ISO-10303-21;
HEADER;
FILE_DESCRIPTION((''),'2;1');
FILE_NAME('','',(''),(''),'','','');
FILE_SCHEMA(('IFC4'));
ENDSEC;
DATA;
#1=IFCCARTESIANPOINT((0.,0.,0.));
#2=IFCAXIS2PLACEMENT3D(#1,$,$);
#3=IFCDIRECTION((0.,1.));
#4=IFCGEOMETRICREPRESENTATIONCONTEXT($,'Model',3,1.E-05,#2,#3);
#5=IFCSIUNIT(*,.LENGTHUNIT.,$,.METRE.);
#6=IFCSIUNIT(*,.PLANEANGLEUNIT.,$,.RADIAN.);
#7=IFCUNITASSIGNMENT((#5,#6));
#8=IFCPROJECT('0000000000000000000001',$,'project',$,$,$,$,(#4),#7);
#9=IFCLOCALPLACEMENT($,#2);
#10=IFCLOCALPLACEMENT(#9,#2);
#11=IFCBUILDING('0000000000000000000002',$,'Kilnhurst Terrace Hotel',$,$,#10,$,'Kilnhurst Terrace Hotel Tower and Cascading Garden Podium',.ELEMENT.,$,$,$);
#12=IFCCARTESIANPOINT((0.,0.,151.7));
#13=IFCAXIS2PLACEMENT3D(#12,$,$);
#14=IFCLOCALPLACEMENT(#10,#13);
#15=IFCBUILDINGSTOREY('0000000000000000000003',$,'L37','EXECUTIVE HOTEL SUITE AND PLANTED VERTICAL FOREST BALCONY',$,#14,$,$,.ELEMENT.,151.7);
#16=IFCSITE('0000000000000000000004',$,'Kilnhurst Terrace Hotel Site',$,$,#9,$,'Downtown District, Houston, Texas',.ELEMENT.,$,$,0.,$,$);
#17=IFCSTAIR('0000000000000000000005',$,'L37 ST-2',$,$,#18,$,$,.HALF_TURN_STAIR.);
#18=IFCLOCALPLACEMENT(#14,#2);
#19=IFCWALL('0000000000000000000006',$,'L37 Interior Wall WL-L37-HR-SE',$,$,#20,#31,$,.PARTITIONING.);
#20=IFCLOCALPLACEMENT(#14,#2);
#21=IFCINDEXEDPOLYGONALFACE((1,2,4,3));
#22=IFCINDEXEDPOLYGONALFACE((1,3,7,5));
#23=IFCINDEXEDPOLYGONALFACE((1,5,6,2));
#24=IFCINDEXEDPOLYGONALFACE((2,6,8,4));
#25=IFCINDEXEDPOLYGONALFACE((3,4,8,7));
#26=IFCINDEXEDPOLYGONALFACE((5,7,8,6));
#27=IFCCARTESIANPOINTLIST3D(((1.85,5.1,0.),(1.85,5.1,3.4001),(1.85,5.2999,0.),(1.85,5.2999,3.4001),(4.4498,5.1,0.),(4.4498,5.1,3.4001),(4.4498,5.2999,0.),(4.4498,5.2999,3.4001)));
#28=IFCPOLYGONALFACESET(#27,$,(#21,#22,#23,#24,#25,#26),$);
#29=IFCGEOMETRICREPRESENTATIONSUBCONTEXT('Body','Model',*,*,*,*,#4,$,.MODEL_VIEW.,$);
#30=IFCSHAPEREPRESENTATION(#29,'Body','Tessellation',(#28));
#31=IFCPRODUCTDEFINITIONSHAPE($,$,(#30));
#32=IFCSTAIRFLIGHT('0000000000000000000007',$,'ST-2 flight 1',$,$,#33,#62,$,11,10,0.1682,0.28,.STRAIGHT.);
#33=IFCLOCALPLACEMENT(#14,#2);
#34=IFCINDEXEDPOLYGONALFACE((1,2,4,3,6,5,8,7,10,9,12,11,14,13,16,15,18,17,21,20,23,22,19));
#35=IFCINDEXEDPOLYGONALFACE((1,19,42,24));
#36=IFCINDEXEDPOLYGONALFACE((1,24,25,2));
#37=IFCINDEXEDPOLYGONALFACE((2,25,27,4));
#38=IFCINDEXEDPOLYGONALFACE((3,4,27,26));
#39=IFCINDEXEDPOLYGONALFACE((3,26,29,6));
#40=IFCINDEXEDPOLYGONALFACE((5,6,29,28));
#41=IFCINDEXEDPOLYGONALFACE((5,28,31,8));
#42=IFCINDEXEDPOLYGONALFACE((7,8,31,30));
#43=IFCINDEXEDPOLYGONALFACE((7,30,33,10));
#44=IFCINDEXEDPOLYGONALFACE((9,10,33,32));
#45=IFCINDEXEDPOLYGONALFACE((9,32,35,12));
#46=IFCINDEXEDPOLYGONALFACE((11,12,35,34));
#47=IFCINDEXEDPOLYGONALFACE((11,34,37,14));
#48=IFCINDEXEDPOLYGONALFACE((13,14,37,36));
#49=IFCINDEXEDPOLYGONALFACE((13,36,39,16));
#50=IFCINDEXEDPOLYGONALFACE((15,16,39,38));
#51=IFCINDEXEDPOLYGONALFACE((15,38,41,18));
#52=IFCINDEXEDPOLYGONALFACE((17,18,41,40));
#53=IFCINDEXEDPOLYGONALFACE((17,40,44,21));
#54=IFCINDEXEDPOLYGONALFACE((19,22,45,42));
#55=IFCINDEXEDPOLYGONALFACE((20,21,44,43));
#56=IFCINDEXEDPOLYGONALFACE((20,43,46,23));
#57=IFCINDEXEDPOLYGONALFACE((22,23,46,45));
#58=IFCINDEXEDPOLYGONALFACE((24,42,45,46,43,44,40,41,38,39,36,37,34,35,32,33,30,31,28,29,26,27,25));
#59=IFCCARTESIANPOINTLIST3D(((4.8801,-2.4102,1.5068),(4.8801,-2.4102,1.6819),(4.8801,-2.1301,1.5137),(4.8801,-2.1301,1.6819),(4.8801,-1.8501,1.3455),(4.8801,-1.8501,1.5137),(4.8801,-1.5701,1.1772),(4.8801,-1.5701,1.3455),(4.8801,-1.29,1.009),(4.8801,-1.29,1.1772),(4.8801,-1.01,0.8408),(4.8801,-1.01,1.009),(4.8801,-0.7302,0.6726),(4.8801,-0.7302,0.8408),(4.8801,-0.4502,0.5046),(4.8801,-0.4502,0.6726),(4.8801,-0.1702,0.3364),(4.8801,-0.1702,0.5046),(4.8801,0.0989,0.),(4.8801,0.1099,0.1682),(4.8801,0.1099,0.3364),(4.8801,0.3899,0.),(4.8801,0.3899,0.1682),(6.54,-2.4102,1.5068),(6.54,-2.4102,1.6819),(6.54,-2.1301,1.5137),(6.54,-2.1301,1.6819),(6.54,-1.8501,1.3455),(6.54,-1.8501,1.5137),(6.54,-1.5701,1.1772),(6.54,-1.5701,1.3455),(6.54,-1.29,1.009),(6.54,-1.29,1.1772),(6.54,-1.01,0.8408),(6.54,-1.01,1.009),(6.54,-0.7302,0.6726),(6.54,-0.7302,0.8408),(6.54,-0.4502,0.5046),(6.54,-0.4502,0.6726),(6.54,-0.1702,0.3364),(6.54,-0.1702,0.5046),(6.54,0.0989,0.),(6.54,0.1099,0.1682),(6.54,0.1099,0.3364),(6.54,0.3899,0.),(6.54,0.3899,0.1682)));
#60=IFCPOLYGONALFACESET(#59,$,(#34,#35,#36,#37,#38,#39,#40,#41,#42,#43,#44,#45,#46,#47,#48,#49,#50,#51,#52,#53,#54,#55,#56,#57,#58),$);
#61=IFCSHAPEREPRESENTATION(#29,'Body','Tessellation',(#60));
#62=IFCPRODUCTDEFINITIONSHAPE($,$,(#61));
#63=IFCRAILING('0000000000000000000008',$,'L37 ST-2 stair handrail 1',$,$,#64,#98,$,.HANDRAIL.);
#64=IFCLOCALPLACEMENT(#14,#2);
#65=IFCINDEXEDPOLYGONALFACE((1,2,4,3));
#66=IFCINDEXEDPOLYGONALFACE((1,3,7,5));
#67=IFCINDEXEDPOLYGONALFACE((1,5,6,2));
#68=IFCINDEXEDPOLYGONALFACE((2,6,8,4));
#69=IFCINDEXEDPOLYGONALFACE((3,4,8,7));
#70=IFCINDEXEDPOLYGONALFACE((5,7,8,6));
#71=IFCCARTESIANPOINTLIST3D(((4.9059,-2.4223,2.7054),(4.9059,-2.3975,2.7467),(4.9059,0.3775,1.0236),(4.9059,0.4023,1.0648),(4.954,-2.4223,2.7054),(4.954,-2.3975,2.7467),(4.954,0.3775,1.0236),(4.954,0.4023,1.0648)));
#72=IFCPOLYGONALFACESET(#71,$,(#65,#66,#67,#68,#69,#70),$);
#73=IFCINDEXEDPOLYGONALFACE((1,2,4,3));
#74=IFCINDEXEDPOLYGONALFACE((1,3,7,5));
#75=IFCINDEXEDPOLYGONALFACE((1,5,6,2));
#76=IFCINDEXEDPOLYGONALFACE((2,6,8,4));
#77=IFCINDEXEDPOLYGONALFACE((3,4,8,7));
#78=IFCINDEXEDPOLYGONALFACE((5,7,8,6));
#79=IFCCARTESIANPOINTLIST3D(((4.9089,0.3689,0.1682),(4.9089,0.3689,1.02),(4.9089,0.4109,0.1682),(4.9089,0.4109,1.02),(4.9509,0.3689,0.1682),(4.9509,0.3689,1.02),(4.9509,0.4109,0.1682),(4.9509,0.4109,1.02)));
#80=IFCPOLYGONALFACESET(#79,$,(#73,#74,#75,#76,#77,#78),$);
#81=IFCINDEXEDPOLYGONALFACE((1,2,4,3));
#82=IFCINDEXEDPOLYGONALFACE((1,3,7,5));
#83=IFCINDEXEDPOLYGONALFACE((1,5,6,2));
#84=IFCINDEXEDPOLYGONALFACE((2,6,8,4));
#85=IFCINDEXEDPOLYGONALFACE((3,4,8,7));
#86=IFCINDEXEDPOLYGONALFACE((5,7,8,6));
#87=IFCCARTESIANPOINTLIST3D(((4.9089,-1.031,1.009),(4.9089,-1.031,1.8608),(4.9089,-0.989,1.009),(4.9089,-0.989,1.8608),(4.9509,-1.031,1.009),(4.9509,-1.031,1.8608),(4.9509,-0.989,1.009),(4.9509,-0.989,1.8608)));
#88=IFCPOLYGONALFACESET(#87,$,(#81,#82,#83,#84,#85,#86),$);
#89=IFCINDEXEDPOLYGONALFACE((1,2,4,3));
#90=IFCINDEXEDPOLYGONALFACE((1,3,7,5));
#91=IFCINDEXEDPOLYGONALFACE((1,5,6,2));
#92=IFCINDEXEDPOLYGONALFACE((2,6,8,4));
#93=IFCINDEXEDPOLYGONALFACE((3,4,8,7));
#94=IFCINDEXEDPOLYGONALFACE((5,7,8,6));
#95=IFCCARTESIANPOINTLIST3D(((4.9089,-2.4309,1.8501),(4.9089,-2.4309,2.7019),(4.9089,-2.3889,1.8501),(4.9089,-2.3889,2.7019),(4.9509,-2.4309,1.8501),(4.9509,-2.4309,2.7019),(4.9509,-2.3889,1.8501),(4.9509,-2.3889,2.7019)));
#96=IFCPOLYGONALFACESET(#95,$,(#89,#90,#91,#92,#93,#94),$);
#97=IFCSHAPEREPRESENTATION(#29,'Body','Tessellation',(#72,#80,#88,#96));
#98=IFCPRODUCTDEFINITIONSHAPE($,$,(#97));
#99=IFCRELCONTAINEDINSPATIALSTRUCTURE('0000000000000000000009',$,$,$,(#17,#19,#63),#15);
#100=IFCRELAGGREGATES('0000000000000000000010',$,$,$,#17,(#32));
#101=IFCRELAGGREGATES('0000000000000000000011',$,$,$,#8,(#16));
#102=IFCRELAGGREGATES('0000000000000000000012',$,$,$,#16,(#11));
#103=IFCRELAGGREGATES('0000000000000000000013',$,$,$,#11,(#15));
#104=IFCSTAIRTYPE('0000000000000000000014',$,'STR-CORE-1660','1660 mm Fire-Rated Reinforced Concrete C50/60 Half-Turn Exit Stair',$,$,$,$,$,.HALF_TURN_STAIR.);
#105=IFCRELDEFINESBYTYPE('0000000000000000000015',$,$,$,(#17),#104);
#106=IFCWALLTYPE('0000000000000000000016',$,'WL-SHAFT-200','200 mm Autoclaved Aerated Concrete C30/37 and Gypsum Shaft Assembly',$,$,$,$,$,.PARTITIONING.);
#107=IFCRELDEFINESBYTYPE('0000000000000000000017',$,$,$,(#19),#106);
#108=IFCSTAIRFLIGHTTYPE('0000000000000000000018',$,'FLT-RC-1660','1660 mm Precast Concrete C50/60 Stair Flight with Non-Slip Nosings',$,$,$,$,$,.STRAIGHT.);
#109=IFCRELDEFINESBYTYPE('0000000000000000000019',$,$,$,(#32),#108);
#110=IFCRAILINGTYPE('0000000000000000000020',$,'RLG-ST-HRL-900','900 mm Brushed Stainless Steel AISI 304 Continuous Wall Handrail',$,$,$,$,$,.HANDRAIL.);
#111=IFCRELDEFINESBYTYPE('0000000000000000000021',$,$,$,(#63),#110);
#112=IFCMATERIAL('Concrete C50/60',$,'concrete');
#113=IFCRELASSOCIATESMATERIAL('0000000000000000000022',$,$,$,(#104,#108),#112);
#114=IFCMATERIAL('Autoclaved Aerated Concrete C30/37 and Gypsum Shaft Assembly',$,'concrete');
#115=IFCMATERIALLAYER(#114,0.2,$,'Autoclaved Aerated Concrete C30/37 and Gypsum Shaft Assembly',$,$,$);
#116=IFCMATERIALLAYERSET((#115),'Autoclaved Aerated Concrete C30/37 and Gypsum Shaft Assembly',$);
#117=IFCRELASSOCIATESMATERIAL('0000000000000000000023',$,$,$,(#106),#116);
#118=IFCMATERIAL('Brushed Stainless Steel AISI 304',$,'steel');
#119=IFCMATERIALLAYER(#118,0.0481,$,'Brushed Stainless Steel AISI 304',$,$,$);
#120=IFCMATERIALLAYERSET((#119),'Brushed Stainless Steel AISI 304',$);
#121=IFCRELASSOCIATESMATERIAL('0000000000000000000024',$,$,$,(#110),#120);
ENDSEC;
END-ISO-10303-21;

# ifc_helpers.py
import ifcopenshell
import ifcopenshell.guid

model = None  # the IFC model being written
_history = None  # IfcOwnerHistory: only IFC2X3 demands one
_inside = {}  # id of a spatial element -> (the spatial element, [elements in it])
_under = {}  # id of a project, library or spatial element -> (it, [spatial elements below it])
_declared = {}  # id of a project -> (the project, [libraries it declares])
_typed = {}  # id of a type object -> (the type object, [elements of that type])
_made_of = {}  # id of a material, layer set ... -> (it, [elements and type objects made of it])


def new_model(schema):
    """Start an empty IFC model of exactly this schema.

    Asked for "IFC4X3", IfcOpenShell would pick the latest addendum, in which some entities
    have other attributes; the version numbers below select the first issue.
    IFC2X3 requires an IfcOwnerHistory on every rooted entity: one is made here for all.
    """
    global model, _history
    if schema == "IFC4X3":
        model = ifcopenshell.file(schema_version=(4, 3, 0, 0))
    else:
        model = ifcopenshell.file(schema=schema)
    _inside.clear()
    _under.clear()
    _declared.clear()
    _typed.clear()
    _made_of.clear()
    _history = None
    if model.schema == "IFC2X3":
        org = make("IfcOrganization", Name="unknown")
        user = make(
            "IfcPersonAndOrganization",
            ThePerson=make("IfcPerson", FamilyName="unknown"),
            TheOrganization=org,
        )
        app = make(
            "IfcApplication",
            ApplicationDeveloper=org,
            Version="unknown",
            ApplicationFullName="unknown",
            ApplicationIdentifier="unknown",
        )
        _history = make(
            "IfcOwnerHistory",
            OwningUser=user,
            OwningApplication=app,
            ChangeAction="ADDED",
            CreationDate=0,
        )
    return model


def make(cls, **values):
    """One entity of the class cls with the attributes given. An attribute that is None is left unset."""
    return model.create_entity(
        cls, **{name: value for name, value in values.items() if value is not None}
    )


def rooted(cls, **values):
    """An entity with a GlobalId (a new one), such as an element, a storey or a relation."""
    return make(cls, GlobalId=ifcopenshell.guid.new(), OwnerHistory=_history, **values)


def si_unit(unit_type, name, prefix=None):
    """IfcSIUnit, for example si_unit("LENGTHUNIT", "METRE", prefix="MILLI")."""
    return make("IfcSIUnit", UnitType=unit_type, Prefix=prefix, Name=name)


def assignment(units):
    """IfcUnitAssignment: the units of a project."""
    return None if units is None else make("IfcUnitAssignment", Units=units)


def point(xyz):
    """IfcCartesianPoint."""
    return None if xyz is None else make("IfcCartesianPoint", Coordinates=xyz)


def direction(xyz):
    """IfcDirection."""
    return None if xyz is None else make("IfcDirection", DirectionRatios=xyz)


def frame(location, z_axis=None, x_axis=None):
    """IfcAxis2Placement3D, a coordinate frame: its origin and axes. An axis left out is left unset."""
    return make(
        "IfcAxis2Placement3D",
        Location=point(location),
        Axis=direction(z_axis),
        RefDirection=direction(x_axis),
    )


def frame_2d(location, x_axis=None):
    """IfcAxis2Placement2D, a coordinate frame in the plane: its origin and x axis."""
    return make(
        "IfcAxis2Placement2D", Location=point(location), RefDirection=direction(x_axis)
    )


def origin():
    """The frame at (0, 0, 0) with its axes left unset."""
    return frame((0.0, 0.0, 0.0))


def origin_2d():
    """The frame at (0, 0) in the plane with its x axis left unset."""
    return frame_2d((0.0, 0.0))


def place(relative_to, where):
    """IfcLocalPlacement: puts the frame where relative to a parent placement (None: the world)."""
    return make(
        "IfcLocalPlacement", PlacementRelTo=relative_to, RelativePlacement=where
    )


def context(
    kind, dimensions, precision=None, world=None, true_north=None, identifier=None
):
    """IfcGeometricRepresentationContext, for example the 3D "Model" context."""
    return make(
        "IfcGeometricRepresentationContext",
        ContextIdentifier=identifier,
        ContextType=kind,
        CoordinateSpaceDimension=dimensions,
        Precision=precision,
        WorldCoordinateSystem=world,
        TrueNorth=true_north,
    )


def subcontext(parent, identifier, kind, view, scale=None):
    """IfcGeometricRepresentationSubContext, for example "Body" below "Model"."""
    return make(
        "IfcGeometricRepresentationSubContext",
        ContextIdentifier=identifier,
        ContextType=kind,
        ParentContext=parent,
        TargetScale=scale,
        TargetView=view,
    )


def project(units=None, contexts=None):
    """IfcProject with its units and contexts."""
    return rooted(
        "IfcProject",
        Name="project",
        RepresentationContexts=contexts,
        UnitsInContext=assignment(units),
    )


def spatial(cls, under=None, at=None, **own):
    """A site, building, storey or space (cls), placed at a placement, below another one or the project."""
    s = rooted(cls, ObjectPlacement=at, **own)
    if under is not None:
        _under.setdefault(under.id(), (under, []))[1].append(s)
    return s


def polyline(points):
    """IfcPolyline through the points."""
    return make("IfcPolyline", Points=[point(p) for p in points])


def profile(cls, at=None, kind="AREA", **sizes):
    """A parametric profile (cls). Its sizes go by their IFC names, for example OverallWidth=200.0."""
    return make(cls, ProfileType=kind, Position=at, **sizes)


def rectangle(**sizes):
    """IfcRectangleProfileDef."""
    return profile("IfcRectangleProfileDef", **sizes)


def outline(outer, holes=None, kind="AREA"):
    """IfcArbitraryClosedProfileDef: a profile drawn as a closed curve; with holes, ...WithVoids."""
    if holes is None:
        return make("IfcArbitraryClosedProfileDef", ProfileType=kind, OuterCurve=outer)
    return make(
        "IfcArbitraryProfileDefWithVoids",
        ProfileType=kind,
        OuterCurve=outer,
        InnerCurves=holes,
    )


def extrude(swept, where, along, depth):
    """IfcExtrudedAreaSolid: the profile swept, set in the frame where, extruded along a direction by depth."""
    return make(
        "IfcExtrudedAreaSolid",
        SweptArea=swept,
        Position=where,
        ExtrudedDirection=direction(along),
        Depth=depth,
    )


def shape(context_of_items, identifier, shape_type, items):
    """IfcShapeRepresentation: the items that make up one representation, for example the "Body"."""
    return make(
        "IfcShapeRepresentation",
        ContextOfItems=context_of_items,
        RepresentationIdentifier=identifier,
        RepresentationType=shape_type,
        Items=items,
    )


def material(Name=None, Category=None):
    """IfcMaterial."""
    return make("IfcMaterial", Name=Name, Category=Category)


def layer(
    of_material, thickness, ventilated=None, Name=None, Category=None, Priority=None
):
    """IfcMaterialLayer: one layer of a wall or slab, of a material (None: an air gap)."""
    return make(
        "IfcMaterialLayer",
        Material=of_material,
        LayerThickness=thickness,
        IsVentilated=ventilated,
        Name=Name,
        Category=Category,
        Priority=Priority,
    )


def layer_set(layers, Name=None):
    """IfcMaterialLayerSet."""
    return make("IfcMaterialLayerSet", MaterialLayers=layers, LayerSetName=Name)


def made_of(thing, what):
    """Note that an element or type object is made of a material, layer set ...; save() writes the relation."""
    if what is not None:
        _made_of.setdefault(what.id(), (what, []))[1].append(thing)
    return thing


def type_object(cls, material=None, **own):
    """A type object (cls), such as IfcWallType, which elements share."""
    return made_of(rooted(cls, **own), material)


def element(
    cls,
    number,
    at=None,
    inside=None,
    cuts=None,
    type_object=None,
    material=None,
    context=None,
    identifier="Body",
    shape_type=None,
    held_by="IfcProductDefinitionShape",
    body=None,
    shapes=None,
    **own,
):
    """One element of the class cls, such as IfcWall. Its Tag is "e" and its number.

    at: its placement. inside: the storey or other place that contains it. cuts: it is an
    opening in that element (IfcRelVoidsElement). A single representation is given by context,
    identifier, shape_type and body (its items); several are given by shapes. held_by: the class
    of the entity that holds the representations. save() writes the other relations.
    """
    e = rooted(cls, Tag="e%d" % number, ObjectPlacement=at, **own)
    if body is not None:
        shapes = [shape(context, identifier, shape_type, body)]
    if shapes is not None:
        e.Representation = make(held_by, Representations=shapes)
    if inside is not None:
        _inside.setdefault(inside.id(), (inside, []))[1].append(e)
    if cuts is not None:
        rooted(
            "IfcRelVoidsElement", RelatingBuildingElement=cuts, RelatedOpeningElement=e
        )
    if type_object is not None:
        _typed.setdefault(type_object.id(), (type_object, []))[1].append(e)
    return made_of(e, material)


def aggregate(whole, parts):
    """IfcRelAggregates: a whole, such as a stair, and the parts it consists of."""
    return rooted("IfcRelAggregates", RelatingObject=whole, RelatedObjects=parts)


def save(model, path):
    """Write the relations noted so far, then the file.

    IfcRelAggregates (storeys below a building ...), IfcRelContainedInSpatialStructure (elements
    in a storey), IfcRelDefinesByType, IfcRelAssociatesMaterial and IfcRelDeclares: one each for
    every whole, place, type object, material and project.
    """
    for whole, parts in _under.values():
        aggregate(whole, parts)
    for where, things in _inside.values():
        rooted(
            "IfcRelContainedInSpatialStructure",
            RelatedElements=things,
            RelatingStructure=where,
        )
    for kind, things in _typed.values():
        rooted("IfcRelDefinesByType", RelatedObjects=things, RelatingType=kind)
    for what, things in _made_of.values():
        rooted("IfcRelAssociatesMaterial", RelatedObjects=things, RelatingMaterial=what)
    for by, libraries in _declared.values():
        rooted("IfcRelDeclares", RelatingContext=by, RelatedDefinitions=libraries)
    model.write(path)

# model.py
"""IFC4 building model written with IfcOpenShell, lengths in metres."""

from ifc_helpers import new_model, si_unit, direction, frame, frame_2d, origin, origin_2d, place, context, subcontext, project, spatial, polyline, rectangle, outline, extrude, material, layer, layer_set, type_object, element, aggregate, save


model = new_model("IFC4")

# Units and contexts
model_context = context("Model", 3, precision=1e-05, world=origin(), true_north=direction((0.0, 1.0)))
body_context = subcontext(model_context, "Body", "Model", "MODEL_VIEW")
ifc_project = project(units=[si_unit("LENGTHUNIT", "METRE"), si_unit("PLANEANGLEUNIT", "RADIAN")], contexts=[model_context])

# Site, building, storey
site_placement = place(None, origin())
site = spatial("IfcSite", under=ifc_project, at=site_placement, Name="Kilnhurst Terrace Hotel Site", LongName="Downtown District, Houston, Texas", CompositionType="ELEMENT", RefElevation=0.0)
building_placement = place(site_placement, origin())
building = spatial("IfcBuilding", under=site, at=building_placement, Name="Kilnhurst Terrace Hotel", LongName="Kilnhurst Terrace Hotel Tower and Cascading Garden Podium", CompositionType="ELEMENT")
storey_placement = place(building_placement, frame((0.0, 0.0, 151.7)))
storey = spatial("IfcBuildingStorey", under=building, at=storey_placement, Name="L37", Description="EXECUTIVE HOTEL SUITE AND PLANTED VERTICAL FOREST BALCONY", CompositionType="ELEMENT", Elevation=151.7)

# Stair
ifc_material_1 = material(Name="Concrete C50/60", Category="concrete")
stair_type = type_object("IfcStairType", Name="STR-CORE-1660", Description="1660 mm Fire-Rated Reinforced Concrete C50/60 Half-Turn Exit Stair", PredefinedType="HALF_TURN_STAIR", material=ifc_material_1)
stair_1_placement = place(storey_placement, origin())
stair_1 = element("IfcStair", 1, at=stair_1_placement, inside=storey, type_object=stair_type, Name="L37 ST-2", PredefinedType="HALF_TURN_STAIR")

# Shared definitions
ifc_material_2 = material(Name="Autoclaved Aerated Concrete C30/37 and Gypsum Shaft Assembly", Category="concrete")
ifc_layer_1 = layer(ifc_material_2, 0.2, Name="Autoclaved Aerated Concrete C30/37 and Gypsum Shaft Assembly")
ifc_layer_set_1 = layer_set([ifc_layer_1], Name="Autoclaved Aerated Concrete C30/37 and Gypsum Shaft Assembly")
wall_type_1 = type_object("IfcWallType", Name="WL-SHAFT-200", Description="200 mm Autoclaved Aerated Concrete C30/37 and Gypsum Shaft Assembly", PredefinedType="PARTITIONING", material=ifc_layer_set_1)

# Wall
wall_1_placement = place(storey_placement, frame((1.8501, 5.2, 0.0), z_axis=(0.0, 0.0, 1.0), x_axis=(1.0, 0.0, 0.0)))
element("IfcWall", 2, at=wall_1_placement, inside=storey, type_object=wall_type_1, Name="L37 Interior Wall WL-L37-HR-SE", PredefinedType="PARTITIONING", context=body_context, shape_type="SweptSolid", body=[
    extrude(rectangle(XDim=2.5999, YDim=0.2, at=frame_2d((1.2998, 0.0))), origin(), (0.0, 0.0, 1.0), 3.4001),
])

# Stair flight
stair_flight_type = type_object("IfcStairFlightType", Name="FLT-RC-1660", Description="1660 mm Precast Concrete C50/60 Stair Flight with Non-Slip Nosings", PredefinedType="STRAIGHT", material=ifc_material_1)
stair_flight_placement = place(storey_placement, frame((5.71, 0.3899, 0.0), z_axis=(0.0, 0.0, 1.0), x_axis=(0.0, -1.0, 0.0)))
stair_flight = element("IfcStairFlight", 3, at=stair_flight_placement, type_object=stair_flight_type, Name="ST-2 flight 1", NumberOfRisers=11, NumberOfTreads=10, PredefinedType="STRAIGHT", RiserHeight=0.1682, TreadLength=0.28, context=body_context, shape_type="SweptSolid", body=[
    extrude(outline(polyline([(0.0, 0.0), (0.0, 0.1682), (0.28, 0.1682), (0.28, 0.3364), (0.5601, 0.3364), (0.5601, 0.5046), (0.8401, 0.5046), (0.8401, 0.6726), (1.1201, 0.6726), (1.1201, 0.8408), (1.3999, 0.8408), (1.3999, 1.009), (1.6799, 1.009), (1.6799, 1.1772), (1.96, 1.1772), (1.96, 1.3455), (2.24, 1.3455), (2.24, 1.5137), (2.52, 1.5137), (2.52, 1.6819), (2.8, 1.6819), (2.8, 1.8501), (2.8, 1.5068), (0.291, 0.0), (0.0, 0.0)])), frame((0.0, 0.8301, 0.0), z_axis=(0.0, -1.0, 0.0), x_axis=(1.0, 0.0, 0.0)), (0.0, 0.0, 1.0), 1.6599),
])
aggregate(stair_1, [stair_flight])

# Railing
ifc_material_3 = material(Name="Brushed Stainless Steel AISI 304", Category="steel")
ifc_layer_2 = layer(ifc_material_3, 0.0481, Name="Brushed Stainless Steel AISI 304")
ifc_layer_set_2 = layer_set([ifc_layer_2], Name="Brushed Stainless Steel AISI 304")
railing_type = type_object("IfcRailingType", Name="RLG-ST-HRL-900", Description="900 mm Brushed Stainless Steel AISI 304 Continuous Wall Handrail", PredefinedType="HANDRAIL", material=ifc_layer_set_2)
railing_placement = place(storey_placement, frame((4.9299, 0.3899, 0.1682)))
element("IfcRailing", 4, at=railing_placement, inside=storey, type_object=railing_type, Name="L37 ST-2 stair handrail 1", PredefinedType="HANDRAIL", context=body_context, shape_type="SweptSolid", body=[
    extrude(rectangle(XDim=0.0481, YDim=0.0481, at=origin_2d()), frame((0.0, 0.0, 0.876), z_axis=(0.0, -0.857222, 0.514946), x_axis=(1.0, 0.0, 0.0)), (0.0, 0.0, 1.0), 3.2661),
    extrude(rectangle(XDim=0.042, YDim=0.042, at=origin_2d()), origin(), (0.0, 0.0, 1.0), 0.8518),
    extrude(rectangle(XDim=0.042, YDim=0.042, at=origin_2d()), frame((0.0, -1.3999, 0.8408)), (0.0, 0.0, 1.0), 0.8518),
    extrude(rectangle(XDim=0.042, YDim=0.042, at=origin_2d()), frame((0.0, -2.7998, 1.6819)), (0.0, 0.0, 1.0), 0.8518),
])

save(model, "model.ifc")
